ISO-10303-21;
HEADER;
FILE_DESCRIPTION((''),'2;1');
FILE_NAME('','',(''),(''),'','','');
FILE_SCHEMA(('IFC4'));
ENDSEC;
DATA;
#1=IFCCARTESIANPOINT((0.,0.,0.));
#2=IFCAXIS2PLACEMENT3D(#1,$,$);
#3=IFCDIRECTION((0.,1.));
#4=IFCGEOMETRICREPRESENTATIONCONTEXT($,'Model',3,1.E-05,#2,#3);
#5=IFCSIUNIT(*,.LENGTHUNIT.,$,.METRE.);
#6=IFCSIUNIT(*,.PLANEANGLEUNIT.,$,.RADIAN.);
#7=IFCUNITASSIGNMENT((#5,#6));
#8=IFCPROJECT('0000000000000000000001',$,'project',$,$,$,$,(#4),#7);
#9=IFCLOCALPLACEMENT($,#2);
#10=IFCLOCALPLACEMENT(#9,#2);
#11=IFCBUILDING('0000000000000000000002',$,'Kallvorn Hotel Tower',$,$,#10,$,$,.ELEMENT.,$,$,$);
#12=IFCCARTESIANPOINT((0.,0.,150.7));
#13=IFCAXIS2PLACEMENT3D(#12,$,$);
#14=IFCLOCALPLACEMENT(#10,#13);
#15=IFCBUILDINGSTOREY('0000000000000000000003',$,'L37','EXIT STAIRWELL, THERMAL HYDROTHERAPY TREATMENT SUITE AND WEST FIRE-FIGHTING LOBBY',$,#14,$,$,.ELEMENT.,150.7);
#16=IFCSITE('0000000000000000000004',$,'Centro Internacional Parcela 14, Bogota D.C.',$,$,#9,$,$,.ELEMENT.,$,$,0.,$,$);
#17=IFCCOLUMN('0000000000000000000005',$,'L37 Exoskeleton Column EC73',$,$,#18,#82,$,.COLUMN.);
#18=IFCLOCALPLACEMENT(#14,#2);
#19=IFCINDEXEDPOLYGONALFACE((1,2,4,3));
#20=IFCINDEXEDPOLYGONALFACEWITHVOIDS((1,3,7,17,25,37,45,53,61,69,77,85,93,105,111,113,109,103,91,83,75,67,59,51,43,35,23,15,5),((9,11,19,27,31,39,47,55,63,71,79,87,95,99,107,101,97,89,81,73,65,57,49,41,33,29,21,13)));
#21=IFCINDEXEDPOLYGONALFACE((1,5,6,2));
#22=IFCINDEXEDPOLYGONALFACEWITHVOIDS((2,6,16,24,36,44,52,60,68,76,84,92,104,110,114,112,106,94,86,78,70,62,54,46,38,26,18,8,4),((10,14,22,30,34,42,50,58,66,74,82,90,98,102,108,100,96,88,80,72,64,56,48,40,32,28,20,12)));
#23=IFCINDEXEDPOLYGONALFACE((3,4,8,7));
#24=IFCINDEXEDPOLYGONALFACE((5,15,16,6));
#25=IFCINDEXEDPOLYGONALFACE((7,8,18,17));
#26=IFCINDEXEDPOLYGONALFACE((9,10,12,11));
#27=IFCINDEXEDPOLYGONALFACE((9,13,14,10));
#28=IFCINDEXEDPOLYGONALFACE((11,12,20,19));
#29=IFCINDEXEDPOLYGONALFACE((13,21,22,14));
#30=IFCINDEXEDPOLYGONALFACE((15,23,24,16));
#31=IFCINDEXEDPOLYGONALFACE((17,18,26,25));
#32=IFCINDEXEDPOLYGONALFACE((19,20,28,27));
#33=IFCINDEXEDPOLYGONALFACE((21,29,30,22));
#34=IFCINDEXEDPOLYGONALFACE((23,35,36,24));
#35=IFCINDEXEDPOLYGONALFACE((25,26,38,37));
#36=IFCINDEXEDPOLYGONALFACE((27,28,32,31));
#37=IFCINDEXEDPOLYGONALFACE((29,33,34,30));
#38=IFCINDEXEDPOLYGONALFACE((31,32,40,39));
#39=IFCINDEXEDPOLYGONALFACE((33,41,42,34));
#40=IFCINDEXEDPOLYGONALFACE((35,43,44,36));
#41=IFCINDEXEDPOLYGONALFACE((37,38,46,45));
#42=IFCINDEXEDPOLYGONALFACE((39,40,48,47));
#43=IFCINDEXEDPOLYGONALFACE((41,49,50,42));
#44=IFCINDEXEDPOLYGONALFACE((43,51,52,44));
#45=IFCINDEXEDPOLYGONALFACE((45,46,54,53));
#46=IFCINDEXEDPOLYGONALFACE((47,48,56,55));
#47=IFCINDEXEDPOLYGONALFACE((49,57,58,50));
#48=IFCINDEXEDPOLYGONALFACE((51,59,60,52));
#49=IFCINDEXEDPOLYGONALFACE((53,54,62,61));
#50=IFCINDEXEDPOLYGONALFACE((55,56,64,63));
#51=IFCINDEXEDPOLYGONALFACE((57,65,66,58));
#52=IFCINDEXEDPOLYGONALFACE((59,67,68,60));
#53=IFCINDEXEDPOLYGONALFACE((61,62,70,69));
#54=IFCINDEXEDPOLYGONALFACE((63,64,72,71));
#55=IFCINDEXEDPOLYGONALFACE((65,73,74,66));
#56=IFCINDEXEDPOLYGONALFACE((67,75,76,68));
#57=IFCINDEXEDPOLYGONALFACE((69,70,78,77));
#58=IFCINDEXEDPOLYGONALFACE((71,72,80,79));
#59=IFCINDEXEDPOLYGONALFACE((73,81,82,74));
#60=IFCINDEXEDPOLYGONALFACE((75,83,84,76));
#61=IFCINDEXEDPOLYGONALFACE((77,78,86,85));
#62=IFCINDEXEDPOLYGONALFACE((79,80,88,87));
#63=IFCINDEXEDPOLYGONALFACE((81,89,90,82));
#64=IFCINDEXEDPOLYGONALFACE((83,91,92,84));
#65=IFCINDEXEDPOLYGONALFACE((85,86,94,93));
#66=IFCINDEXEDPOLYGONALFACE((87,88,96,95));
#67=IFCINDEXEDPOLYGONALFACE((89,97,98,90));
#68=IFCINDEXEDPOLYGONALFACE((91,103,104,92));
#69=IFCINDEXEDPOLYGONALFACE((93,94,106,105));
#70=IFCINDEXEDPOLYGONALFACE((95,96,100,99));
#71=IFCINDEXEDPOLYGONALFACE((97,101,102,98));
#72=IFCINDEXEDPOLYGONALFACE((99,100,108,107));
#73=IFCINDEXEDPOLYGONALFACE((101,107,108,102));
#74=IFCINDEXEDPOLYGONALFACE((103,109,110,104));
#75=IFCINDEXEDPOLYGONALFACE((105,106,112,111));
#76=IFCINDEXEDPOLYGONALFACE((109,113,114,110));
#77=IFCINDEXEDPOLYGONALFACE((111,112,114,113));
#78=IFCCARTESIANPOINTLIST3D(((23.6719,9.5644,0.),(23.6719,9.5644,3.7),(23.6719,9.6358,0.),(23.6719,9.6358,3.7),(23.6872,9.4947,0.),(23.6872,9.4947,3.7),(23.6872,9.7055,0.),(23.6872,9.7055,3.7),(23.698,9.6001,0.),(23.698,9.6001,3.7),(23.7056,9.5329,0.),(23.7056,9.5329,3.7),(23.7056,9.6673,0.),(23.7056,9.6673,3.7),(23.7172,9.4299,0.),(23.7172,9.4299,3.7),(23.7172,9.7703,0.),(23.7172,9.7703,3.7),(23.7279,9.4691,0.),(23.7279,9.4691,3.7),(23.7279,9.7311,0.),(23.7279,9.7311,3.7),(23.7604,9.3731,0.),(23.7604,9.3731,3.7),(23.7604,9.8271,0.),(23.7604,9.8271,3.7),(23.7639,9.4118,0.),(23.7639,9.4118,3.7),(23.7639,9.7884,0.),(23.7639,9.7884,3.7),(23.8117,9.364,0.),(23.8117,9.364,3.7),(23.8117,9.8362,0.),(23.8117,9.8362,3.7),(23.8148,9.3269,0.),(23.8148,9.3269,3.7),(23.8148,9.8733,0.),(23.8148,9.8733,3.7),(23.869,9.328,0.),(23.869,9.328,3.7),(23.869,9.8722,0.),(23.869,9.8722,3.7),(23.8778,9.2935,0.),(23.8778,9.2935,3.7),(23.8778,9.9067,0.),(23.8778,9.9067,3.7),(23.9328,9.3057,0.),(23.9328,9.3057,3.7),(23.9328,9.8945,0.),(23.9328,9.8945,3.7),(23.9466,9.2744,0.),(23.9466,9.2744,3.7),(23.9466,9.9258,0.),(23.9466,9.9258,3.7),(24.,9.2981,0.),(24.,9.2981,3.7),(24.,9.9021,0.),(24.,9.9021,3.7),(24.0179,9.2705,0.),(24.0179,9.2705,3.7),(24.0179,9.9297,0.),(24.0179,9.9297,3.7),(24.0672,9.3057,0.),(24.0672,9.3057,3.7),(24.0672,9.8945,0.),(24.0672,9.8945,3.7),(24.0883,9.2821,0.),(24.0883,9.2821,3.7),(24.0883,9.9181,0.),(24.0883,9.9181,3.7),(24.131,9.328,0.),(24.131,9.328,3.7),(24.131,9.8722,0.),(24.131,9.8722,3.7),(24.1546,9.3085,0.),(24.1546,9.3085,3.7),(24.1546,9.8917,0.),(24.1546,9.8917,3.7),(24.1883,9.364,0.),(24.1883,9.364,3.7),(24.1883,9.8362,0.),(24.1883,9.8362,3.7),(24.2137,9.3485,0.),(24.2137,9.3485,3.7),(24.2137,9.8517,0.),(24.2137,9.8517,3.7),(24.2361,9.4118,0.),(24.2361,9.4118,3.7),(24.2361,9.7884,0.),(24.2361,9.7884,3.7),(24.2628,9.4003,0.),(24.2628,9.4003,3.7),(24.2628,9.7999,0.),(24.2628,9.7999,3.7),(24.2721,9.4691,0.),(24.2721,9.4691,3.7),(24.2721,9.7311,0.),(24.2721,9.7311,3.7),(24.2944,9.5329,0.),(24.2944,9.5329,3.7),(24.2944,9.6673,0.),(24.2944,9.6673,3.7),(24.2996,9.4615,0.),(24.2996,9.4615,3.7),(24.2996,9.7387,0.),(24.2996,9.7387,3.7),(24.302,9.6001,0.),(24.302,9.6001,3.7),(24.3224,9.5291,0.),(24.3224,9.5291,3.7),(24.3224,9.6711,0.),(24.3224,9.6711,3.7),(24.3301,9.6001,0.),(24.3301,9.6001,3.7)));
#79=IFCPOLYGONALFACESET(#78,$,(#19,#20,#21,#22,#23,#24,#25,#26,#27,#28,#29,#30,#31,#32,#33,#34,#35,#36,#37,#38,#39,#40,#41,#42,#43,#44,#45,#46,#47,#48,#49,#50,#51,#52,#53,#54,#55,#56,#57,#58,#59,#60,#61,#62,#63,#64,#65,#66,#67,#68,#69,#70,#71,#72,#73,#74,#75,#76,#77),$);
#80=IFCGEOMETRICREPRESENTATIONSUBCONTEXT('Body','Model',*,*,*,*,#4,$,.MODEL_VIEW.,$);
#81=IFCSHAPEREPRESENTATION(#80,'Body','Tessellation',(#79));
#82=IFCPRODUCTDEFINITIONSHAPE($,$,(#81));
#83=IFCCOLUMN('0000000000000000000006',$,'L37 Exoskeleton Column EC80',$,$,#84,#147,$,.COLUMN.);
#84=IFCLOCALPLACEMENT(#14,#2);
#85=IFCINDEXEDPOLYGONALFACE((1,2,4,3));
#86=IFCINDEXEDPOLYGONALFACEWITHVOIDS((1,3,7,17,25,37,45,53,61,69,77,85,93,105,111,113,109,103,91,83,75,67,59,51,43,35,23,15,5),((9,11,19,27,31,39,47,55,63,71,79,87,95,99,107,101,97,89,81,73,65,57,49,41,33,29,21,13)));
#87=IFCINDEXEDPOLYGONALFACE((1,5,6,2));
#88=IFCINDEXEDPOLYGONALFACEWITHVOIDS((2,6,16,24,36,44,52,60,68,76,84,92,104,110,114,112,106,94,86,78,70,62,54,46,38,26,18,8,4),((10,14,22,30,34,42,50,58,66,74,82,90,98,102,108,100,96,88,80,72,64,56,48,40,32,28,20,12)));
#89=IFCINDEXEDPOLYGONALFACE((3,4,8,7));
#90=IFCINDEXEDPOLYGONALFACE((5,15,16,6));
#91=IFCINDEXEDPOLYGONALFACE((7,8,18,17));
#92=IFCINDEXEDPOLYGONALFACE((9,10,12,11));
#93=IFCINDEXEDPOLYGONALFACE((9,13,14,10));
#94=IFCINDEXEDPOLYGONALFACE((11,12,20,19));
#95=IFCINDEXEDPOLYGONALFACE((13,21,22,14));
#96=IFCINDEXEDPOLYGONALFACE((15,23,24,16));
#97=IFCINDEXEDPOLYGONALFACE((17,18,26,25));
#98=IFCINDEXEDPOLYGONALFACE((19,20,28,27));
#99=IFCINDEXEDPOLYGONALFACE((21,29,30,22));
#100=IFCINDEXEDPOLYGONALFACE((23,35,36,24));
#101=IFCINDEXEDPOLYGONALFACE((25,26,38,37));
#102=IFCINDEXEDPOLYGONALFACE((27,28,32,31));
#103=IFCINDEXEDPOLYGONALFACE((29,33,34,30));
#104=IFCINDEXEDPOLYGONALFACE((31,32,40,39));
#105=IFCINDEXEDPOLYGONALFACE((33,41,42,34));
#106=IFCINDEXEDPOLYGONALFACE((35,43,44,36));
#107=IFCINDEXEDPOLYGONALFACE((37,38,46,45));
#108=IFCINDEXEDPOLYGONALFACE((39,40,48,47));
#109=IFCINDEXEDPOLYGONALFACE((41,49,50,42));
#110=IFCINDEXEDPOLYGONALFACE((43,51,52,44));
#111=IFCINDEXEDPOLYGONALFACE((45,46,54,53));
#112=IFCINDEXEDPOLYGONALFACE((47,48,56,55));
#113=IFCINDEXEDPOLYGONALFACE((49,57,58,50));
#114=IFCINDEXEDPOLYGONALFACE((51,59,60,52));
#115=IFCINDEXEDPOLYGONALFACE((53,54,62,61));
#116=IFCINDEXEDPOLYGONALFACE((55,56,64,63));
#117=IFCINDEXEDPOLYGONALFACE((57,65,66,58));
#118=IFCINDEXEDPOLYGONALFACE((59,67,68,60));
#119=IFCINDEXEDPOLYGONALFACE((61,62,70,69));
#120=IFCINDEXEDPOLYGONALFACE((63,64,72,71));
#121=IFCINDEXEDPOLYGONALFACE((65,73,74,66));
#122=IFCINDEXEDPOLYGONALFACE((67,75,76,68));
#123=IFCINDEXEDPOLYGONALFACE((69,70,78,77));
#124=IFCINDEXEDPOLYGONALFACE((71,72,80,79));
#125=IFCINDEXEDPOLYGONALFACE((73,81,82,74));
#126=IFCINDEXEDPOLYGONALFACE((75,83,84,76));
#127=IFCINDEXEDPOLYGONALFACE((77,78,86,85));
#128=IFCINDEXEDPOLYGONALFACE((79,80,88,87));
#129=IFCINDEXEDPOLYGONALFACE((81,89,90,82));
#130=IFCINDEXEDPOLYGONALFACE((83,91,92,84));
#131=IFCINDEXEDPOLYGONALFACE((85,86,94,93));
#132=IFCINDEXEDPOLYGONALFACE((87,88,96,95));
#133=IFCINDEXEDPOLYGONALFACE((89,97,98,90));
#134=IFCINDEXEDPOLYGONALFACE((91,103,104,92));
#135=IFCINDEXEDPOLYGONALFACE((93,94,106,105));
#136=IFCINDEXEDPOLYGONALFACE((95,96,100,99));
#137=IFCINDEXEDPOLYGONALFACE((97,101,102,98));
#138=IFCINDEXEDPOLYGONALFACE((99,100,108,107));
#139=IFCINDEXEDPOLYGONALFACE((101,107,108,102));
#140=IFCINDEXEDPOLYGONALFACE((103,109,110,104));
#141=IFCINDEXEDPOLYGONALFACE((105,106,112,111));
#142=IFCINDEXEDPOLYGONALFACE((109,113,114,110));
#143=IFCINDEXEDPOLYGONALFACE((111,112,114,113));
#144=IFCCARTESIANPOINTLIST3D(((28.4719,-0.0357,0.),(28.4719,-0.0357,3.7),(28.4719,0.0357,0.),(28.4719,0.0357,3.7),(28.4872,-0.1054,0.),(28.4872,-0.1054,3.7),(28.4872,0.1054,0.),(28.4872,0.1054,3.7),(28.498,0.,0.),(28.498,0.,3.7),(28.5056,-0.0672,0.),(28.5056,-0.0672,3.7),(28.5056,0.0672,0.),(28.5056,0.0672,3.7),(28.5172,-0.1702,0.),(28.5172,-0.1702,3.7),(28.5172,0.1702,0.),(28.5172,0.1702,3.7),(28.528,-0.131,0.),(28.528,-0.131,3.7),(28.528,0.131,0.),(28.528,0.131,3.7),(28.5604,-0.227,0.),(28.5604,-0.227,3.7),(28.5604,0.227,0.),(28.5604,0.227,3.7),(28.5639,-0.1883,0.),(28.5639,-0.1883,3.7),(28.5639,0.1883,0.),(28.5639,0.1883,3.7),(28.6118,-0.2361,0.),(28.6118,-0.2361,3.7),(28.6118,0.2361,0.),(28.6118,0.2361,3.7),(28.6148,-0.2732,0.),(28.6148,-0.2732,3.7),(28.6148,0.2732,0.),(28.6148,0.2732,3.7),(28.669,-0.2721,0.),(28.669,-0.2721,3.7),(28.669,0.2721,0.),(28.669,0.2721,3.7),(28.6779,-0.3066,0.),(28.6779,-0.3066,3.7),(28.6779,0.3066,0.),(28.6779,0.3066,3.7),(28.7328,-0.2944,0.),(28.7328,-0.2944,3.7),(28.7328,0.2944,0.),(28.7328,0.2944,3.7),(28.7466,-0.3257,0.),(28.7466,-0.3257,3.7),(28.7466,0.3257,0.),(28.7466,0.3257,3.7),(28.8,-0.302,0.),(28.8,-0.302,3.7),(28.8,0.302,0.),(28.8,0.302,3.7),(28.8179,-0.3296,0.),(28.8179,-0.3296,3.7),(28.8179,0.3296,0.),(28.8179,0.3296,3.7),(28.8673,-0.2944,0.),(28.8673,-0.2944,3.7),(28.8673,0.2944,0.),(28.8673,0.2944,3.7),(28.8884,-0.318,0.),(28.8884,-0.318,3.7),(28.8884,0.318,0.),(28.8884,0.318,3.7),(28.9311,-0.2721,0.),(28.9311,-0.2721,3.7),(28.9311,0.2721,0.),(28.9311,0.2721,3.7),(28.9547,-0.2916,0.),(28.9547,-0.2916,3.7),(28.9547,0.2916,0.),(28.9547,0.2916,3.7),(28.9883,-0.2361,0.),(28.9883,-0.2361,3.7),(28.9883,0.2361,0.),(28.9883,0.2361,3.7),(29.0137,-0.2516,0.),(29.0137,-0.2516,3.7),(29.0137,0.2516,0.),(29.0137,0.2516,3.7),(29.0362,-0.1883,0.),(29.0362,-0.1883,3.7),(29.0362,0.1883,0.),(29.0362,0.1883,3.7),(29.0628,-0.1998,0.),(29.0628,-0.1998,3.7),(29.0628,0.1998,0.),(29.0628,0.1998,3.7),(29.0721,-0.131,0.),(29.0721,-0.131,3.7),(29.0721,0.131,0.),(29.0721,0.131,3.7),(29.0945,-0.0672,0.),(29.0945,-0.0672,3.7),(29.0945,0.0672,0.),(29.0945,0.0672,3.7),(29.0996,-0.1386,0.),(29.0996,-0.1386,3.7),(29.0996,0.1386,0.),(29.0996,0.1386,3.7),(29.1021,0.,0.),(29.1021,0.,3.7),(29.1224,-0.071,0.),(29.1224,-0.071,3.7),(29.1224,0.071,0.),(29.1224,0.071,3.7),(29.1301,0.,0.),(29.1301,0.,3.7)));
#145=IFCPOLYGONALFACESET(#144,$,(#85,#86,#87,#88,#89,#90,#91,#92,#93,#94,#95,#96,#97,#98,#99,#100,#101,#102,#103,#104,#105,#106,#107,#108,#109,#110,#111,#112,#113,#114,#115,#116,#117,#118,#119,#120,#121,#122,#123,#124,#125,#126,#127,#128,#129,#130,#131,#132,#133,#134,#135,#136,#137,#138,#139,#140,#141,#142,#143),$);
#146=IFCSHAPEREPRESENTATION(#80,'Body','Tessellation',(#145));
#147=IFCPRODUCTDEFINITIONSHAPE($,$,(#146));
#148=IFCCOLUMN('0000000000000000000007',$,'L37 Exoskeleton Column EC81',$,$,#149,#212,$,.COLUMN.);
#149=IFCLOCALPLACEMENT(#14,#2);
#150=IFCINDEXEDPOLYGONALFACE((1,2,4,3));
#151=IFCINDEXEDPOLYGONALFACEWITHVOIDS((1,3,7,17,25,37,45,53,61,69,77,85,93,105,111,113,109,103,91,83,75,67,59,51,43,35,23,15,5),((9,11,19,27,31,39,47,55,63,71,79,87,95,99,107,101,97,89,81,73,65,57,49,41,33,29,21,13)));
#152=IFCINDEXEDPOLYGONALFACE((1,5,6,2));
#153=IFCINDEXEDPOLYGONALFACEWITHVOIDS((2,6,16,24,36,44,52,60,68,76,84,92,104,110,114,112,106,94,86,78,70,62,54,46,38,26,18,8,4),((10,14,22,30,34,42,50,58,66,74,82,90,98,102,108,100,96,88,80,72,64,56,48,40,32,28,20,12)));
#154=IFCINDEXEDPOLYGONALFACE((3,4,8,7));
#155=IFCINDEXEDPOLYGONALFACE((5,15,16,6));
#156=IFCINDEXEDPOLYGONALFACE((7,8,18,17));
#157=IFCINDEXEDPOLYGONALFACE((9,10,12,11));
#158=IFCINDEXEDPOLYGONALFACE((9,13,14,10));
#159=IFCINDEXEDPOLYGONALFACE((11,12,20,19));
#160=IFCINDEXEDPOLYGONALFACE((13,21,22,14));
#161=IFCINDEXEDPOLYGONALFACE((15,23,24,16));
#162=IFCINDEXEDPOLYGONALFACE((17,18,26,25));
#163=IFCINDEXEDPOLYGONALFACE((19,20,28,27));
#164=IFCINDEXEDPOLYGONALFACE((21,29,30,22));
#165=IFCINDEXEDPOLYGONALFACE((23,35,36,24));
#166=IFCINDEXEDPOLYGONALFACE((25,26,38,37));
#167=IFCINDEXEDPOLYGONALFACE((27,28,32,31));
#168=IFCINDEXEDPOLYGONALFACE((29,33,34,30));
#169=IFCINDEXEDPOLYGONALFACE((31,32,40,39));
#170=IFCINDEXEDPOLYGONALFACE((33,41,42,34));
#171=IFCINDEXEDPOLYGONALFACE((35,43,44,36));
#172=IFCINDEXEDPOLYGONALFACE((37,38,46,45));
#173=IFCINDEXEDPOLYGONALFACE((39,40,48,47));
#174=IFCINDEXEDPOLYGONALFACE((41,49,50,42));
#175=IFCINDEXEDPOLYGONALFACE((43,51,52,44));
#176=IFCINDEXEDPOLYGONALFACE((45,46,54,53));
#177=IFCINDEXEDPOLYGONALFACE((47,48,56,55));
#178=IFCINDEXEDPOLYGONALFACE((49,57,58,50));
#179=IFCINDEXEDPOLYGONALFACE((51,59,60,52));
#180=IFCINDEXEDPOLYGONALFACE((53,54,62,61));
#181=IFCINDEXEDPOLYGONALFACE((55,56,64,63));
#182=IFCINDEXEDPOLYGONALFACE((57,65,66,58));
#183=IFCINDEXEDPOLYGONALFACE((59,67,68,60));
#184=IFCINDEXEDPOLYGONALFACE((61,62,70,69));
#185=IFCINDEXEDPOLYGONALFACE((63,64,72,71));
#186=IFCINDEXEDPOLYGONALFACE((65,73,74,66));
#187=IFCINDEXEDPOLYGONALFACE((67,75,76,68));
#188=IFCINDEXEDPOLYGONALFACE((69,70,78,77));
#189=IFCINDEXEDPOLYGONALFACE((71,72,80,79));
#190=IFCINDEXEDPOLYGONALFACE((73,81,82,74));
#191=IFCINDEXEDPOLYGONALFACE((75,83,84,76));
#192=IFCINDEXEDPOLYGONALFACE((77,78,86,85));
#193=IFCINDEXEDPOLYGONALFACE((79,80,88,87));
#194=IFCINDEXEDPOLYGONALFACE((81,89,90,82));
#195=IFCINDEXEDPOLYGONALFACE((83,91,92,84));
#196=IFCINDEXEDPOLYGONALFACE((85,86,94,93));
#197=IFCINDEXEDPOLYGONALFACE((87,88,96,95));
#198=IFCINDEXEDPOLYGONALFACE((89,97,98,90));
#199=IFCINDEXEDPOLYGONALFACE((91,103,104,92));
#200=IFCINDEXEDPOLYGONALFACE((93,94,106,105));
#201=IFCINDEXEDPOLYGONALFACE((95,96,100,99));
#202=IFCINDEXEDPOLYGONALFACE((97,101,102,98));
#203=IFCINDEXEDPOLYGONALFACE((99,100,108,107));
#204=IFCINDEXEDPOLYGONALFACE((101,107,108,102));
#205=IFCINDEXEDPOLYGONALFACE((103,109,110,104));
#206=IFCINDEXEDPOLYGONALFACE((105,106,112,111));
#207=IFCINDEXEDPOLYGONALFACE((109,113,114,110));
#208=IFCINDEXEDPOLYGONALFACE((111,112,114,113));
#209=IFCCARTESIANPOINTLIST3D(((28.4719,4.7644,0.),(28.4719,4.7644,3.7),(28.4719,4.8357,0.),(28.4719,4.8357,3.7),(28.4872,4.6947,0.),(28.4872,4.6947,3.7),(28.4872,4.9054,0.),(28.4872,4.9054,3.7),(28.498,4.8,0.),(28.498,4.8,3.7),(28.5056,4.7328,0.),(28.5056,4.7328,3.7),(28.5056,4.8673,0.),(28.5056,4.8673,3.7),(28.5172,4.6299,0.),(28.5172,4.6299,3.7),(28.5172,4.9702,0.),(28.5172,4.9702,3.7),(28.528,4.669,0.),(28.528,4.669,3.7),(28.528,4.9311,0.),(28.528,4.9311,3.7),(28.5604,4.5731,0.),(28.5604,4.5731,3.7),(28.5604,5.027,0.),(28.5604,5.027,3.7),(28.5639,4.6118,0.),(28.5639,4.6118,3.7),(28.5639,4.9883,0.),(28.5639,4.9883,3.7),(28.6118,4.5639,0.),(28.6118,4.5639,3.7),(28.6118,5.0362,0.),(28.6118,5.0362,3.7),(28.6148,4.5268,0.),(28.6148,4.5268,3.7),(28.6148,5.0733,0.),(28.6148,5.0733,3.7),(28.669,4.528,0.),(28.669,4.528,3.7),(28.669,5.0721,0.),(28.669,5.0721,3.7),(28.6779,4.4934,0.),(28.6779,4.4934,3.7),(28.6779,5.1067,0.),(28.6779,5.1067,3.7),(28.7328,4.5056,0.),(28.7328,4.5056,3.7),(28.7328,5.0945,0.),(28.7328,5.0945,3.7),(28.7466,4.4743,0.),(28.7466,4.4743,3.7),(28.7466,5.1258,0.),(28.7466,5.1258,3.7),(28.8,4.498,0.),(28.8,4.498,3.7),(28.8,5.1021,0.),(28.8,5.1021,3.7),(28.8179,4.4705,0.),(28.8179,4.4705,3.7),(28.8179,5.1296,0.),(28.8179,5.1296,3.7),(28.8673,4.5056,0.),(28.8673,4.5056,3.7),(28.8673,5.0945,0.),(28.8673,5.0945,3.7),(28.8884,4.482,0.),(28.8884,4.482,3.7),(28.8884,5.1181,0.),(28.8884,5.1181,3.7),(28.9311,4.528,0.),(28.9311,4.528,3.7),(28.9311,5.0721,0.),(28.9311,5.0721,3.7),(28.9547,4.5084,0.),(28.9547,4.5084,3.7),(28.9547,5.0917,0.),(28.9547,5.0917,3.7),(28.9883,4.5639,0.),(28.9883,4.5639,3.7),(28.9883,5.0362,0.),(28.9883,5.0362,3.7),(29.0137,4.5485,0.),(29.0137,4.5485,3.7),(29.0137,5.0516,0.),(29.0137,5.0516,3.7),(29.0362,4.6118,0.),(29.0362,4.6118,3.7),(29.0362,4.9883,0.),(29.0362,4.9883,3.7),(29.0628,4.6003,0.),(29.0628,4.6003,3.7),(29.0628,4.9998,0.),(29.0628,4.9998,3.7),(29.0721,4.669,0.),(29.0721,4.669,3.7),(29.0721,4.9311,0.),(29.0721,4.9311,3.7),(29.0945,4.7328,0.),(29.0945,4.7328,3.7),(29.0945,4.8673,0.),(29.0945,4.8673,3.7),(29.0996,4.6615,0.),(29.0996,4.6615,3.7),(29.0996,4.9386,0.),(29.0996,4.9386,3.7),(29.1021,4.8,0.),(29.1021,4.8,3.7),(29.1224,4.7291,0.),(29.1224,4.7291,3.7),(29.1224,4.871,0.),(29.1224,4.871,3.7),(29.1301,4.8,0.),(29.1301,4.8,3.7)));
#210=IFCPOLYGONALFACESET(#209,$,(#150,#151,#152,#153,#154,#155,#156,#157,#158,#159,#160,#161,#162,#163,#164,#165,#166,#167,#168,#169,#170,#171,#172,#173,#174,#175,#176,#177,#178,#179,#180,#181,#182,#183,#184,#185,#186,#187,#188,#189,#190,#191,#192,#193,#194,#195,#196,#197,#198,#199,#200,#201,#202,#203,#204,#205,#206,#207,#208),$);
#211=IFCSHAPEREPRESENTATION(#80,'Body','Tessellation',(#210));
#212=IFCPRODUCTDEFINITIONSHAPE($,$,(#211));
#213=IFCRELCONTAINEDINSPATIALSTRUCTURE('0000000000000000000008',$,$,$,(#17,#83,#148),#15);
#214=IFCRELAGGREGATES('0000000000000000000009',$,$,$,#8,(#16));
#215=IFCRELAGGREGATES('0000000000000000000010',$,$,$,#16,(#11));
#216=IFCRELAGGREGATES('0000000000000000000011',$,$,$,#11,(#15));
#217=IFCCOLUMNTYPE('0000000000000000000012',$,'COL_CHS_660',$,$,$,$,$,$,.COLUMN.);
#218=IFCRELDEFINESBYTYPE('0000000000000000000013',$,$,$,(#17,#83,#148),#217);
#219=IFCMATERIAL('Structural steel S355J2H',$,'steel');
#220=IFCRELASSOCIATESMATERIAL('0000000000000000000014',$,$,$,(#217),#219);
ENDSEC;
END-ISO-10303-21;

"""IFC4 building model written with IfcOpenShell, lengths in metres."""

from ifc_helpers import new_model, si_unit, direction, frame, origin, origin_2d, place, context, subcontext, project, spatial, hollow_circle, extrude, material, material_profile, profile_set, type_object, element, save


model = new_model("IFC4")

# Units and contexts
model_context = context("Model", 3, precision=1e-05, world=origin(), true_north=direction((0.0, 1.0)))
body_context = subcontext(model_context, "Body", "Model", "MODEL_VIEW")
ifc_project = project(units=[si_unit("LENGTHUNIT", "METRE"), si_unit("PLANEANGLEUNIT", "RADIAN")], contexts=[model_context])

# Site, building, storey
site_placement = place(None, origin())
site = spatial("IfcSite", under=ifc_project, at=site_placement, Name="Centro Internacional Parcela 14, Bogota D.C.", CompositionType="ELEMENT", RefElevation=0.0)
building_placement = place(site_placement, origin())
building = spatial("IfcBuilding", under=site, at=building_placement, Name="Kallvorn Hotel Tower", CompositionType="ELEMENT")
storey_placement = place(building_placement, frame((0.0, 0.0, 150.7)))
storey = spatial("IfcBuildingStorey", under=building, at=storey_placement, Name="L37", Description="EXIT STAIRWELL, THERMAL HYDROTHERAPY TREATMENT SUITE AND WEST FIRE-FIGHTING LOBBY", CompositionType="ELEMENT", Elevation=150.7)

# Columns
ifc_material_1 = material(Name="Structural steel S355J2H", Category="steel")
ifc_material_profile_1 = material_profile(ifc_material_1, hollow_circle(Radius=0.3301, WallThickness=0.0281, at=origin_2d()), Name="CHS 660x28")
ifc_profile_set_1 = profile_set([ifc_material_profile_1], Name="Structural steel S355J2H")
column_type_1 = type_object("IfcColumnType", Name="COL_CHS_660", PredefinedType="COLUMN", material=ifc_profile_set_1)
for number, where, z_axis, x_axis, name in (
    (1, (24.0, 9.6001, 0.0), (0.0, 0.0, 1.0), (1.0, 0.0, 0.0), "L37 Exoskeleton Column EC73"),
    (2, (28.8, 0.0, 0.0), (0.0, 0.0, 1.0), (1.0, 0.0, 0.0), "L37 Exoskeleton Column EC80"),
    (3, (28.8, 4.8, 0.0), (0.0, 0.0, 1.0), (1.0, 0.0, 0.0), "L37 Exoskeleton Column EC81"),
):
    element("IfcColumn", number, at=place(storey_placement, frame(where, z_axis=z_axis, x_axis=x_axis)), inside=storey, type_object=column_type_1, Name=name, PredefinedType="COLUMN", context=body_context, shape_type="SweptSolid", body=[
        extrude(hollow_circle(Radius=0.3301, WallThickness=0.0281, at=origin_2d()), origin(), (0.0, 0.0, 1.0), 3.7),
    ])

save(model, "model.ifc")
